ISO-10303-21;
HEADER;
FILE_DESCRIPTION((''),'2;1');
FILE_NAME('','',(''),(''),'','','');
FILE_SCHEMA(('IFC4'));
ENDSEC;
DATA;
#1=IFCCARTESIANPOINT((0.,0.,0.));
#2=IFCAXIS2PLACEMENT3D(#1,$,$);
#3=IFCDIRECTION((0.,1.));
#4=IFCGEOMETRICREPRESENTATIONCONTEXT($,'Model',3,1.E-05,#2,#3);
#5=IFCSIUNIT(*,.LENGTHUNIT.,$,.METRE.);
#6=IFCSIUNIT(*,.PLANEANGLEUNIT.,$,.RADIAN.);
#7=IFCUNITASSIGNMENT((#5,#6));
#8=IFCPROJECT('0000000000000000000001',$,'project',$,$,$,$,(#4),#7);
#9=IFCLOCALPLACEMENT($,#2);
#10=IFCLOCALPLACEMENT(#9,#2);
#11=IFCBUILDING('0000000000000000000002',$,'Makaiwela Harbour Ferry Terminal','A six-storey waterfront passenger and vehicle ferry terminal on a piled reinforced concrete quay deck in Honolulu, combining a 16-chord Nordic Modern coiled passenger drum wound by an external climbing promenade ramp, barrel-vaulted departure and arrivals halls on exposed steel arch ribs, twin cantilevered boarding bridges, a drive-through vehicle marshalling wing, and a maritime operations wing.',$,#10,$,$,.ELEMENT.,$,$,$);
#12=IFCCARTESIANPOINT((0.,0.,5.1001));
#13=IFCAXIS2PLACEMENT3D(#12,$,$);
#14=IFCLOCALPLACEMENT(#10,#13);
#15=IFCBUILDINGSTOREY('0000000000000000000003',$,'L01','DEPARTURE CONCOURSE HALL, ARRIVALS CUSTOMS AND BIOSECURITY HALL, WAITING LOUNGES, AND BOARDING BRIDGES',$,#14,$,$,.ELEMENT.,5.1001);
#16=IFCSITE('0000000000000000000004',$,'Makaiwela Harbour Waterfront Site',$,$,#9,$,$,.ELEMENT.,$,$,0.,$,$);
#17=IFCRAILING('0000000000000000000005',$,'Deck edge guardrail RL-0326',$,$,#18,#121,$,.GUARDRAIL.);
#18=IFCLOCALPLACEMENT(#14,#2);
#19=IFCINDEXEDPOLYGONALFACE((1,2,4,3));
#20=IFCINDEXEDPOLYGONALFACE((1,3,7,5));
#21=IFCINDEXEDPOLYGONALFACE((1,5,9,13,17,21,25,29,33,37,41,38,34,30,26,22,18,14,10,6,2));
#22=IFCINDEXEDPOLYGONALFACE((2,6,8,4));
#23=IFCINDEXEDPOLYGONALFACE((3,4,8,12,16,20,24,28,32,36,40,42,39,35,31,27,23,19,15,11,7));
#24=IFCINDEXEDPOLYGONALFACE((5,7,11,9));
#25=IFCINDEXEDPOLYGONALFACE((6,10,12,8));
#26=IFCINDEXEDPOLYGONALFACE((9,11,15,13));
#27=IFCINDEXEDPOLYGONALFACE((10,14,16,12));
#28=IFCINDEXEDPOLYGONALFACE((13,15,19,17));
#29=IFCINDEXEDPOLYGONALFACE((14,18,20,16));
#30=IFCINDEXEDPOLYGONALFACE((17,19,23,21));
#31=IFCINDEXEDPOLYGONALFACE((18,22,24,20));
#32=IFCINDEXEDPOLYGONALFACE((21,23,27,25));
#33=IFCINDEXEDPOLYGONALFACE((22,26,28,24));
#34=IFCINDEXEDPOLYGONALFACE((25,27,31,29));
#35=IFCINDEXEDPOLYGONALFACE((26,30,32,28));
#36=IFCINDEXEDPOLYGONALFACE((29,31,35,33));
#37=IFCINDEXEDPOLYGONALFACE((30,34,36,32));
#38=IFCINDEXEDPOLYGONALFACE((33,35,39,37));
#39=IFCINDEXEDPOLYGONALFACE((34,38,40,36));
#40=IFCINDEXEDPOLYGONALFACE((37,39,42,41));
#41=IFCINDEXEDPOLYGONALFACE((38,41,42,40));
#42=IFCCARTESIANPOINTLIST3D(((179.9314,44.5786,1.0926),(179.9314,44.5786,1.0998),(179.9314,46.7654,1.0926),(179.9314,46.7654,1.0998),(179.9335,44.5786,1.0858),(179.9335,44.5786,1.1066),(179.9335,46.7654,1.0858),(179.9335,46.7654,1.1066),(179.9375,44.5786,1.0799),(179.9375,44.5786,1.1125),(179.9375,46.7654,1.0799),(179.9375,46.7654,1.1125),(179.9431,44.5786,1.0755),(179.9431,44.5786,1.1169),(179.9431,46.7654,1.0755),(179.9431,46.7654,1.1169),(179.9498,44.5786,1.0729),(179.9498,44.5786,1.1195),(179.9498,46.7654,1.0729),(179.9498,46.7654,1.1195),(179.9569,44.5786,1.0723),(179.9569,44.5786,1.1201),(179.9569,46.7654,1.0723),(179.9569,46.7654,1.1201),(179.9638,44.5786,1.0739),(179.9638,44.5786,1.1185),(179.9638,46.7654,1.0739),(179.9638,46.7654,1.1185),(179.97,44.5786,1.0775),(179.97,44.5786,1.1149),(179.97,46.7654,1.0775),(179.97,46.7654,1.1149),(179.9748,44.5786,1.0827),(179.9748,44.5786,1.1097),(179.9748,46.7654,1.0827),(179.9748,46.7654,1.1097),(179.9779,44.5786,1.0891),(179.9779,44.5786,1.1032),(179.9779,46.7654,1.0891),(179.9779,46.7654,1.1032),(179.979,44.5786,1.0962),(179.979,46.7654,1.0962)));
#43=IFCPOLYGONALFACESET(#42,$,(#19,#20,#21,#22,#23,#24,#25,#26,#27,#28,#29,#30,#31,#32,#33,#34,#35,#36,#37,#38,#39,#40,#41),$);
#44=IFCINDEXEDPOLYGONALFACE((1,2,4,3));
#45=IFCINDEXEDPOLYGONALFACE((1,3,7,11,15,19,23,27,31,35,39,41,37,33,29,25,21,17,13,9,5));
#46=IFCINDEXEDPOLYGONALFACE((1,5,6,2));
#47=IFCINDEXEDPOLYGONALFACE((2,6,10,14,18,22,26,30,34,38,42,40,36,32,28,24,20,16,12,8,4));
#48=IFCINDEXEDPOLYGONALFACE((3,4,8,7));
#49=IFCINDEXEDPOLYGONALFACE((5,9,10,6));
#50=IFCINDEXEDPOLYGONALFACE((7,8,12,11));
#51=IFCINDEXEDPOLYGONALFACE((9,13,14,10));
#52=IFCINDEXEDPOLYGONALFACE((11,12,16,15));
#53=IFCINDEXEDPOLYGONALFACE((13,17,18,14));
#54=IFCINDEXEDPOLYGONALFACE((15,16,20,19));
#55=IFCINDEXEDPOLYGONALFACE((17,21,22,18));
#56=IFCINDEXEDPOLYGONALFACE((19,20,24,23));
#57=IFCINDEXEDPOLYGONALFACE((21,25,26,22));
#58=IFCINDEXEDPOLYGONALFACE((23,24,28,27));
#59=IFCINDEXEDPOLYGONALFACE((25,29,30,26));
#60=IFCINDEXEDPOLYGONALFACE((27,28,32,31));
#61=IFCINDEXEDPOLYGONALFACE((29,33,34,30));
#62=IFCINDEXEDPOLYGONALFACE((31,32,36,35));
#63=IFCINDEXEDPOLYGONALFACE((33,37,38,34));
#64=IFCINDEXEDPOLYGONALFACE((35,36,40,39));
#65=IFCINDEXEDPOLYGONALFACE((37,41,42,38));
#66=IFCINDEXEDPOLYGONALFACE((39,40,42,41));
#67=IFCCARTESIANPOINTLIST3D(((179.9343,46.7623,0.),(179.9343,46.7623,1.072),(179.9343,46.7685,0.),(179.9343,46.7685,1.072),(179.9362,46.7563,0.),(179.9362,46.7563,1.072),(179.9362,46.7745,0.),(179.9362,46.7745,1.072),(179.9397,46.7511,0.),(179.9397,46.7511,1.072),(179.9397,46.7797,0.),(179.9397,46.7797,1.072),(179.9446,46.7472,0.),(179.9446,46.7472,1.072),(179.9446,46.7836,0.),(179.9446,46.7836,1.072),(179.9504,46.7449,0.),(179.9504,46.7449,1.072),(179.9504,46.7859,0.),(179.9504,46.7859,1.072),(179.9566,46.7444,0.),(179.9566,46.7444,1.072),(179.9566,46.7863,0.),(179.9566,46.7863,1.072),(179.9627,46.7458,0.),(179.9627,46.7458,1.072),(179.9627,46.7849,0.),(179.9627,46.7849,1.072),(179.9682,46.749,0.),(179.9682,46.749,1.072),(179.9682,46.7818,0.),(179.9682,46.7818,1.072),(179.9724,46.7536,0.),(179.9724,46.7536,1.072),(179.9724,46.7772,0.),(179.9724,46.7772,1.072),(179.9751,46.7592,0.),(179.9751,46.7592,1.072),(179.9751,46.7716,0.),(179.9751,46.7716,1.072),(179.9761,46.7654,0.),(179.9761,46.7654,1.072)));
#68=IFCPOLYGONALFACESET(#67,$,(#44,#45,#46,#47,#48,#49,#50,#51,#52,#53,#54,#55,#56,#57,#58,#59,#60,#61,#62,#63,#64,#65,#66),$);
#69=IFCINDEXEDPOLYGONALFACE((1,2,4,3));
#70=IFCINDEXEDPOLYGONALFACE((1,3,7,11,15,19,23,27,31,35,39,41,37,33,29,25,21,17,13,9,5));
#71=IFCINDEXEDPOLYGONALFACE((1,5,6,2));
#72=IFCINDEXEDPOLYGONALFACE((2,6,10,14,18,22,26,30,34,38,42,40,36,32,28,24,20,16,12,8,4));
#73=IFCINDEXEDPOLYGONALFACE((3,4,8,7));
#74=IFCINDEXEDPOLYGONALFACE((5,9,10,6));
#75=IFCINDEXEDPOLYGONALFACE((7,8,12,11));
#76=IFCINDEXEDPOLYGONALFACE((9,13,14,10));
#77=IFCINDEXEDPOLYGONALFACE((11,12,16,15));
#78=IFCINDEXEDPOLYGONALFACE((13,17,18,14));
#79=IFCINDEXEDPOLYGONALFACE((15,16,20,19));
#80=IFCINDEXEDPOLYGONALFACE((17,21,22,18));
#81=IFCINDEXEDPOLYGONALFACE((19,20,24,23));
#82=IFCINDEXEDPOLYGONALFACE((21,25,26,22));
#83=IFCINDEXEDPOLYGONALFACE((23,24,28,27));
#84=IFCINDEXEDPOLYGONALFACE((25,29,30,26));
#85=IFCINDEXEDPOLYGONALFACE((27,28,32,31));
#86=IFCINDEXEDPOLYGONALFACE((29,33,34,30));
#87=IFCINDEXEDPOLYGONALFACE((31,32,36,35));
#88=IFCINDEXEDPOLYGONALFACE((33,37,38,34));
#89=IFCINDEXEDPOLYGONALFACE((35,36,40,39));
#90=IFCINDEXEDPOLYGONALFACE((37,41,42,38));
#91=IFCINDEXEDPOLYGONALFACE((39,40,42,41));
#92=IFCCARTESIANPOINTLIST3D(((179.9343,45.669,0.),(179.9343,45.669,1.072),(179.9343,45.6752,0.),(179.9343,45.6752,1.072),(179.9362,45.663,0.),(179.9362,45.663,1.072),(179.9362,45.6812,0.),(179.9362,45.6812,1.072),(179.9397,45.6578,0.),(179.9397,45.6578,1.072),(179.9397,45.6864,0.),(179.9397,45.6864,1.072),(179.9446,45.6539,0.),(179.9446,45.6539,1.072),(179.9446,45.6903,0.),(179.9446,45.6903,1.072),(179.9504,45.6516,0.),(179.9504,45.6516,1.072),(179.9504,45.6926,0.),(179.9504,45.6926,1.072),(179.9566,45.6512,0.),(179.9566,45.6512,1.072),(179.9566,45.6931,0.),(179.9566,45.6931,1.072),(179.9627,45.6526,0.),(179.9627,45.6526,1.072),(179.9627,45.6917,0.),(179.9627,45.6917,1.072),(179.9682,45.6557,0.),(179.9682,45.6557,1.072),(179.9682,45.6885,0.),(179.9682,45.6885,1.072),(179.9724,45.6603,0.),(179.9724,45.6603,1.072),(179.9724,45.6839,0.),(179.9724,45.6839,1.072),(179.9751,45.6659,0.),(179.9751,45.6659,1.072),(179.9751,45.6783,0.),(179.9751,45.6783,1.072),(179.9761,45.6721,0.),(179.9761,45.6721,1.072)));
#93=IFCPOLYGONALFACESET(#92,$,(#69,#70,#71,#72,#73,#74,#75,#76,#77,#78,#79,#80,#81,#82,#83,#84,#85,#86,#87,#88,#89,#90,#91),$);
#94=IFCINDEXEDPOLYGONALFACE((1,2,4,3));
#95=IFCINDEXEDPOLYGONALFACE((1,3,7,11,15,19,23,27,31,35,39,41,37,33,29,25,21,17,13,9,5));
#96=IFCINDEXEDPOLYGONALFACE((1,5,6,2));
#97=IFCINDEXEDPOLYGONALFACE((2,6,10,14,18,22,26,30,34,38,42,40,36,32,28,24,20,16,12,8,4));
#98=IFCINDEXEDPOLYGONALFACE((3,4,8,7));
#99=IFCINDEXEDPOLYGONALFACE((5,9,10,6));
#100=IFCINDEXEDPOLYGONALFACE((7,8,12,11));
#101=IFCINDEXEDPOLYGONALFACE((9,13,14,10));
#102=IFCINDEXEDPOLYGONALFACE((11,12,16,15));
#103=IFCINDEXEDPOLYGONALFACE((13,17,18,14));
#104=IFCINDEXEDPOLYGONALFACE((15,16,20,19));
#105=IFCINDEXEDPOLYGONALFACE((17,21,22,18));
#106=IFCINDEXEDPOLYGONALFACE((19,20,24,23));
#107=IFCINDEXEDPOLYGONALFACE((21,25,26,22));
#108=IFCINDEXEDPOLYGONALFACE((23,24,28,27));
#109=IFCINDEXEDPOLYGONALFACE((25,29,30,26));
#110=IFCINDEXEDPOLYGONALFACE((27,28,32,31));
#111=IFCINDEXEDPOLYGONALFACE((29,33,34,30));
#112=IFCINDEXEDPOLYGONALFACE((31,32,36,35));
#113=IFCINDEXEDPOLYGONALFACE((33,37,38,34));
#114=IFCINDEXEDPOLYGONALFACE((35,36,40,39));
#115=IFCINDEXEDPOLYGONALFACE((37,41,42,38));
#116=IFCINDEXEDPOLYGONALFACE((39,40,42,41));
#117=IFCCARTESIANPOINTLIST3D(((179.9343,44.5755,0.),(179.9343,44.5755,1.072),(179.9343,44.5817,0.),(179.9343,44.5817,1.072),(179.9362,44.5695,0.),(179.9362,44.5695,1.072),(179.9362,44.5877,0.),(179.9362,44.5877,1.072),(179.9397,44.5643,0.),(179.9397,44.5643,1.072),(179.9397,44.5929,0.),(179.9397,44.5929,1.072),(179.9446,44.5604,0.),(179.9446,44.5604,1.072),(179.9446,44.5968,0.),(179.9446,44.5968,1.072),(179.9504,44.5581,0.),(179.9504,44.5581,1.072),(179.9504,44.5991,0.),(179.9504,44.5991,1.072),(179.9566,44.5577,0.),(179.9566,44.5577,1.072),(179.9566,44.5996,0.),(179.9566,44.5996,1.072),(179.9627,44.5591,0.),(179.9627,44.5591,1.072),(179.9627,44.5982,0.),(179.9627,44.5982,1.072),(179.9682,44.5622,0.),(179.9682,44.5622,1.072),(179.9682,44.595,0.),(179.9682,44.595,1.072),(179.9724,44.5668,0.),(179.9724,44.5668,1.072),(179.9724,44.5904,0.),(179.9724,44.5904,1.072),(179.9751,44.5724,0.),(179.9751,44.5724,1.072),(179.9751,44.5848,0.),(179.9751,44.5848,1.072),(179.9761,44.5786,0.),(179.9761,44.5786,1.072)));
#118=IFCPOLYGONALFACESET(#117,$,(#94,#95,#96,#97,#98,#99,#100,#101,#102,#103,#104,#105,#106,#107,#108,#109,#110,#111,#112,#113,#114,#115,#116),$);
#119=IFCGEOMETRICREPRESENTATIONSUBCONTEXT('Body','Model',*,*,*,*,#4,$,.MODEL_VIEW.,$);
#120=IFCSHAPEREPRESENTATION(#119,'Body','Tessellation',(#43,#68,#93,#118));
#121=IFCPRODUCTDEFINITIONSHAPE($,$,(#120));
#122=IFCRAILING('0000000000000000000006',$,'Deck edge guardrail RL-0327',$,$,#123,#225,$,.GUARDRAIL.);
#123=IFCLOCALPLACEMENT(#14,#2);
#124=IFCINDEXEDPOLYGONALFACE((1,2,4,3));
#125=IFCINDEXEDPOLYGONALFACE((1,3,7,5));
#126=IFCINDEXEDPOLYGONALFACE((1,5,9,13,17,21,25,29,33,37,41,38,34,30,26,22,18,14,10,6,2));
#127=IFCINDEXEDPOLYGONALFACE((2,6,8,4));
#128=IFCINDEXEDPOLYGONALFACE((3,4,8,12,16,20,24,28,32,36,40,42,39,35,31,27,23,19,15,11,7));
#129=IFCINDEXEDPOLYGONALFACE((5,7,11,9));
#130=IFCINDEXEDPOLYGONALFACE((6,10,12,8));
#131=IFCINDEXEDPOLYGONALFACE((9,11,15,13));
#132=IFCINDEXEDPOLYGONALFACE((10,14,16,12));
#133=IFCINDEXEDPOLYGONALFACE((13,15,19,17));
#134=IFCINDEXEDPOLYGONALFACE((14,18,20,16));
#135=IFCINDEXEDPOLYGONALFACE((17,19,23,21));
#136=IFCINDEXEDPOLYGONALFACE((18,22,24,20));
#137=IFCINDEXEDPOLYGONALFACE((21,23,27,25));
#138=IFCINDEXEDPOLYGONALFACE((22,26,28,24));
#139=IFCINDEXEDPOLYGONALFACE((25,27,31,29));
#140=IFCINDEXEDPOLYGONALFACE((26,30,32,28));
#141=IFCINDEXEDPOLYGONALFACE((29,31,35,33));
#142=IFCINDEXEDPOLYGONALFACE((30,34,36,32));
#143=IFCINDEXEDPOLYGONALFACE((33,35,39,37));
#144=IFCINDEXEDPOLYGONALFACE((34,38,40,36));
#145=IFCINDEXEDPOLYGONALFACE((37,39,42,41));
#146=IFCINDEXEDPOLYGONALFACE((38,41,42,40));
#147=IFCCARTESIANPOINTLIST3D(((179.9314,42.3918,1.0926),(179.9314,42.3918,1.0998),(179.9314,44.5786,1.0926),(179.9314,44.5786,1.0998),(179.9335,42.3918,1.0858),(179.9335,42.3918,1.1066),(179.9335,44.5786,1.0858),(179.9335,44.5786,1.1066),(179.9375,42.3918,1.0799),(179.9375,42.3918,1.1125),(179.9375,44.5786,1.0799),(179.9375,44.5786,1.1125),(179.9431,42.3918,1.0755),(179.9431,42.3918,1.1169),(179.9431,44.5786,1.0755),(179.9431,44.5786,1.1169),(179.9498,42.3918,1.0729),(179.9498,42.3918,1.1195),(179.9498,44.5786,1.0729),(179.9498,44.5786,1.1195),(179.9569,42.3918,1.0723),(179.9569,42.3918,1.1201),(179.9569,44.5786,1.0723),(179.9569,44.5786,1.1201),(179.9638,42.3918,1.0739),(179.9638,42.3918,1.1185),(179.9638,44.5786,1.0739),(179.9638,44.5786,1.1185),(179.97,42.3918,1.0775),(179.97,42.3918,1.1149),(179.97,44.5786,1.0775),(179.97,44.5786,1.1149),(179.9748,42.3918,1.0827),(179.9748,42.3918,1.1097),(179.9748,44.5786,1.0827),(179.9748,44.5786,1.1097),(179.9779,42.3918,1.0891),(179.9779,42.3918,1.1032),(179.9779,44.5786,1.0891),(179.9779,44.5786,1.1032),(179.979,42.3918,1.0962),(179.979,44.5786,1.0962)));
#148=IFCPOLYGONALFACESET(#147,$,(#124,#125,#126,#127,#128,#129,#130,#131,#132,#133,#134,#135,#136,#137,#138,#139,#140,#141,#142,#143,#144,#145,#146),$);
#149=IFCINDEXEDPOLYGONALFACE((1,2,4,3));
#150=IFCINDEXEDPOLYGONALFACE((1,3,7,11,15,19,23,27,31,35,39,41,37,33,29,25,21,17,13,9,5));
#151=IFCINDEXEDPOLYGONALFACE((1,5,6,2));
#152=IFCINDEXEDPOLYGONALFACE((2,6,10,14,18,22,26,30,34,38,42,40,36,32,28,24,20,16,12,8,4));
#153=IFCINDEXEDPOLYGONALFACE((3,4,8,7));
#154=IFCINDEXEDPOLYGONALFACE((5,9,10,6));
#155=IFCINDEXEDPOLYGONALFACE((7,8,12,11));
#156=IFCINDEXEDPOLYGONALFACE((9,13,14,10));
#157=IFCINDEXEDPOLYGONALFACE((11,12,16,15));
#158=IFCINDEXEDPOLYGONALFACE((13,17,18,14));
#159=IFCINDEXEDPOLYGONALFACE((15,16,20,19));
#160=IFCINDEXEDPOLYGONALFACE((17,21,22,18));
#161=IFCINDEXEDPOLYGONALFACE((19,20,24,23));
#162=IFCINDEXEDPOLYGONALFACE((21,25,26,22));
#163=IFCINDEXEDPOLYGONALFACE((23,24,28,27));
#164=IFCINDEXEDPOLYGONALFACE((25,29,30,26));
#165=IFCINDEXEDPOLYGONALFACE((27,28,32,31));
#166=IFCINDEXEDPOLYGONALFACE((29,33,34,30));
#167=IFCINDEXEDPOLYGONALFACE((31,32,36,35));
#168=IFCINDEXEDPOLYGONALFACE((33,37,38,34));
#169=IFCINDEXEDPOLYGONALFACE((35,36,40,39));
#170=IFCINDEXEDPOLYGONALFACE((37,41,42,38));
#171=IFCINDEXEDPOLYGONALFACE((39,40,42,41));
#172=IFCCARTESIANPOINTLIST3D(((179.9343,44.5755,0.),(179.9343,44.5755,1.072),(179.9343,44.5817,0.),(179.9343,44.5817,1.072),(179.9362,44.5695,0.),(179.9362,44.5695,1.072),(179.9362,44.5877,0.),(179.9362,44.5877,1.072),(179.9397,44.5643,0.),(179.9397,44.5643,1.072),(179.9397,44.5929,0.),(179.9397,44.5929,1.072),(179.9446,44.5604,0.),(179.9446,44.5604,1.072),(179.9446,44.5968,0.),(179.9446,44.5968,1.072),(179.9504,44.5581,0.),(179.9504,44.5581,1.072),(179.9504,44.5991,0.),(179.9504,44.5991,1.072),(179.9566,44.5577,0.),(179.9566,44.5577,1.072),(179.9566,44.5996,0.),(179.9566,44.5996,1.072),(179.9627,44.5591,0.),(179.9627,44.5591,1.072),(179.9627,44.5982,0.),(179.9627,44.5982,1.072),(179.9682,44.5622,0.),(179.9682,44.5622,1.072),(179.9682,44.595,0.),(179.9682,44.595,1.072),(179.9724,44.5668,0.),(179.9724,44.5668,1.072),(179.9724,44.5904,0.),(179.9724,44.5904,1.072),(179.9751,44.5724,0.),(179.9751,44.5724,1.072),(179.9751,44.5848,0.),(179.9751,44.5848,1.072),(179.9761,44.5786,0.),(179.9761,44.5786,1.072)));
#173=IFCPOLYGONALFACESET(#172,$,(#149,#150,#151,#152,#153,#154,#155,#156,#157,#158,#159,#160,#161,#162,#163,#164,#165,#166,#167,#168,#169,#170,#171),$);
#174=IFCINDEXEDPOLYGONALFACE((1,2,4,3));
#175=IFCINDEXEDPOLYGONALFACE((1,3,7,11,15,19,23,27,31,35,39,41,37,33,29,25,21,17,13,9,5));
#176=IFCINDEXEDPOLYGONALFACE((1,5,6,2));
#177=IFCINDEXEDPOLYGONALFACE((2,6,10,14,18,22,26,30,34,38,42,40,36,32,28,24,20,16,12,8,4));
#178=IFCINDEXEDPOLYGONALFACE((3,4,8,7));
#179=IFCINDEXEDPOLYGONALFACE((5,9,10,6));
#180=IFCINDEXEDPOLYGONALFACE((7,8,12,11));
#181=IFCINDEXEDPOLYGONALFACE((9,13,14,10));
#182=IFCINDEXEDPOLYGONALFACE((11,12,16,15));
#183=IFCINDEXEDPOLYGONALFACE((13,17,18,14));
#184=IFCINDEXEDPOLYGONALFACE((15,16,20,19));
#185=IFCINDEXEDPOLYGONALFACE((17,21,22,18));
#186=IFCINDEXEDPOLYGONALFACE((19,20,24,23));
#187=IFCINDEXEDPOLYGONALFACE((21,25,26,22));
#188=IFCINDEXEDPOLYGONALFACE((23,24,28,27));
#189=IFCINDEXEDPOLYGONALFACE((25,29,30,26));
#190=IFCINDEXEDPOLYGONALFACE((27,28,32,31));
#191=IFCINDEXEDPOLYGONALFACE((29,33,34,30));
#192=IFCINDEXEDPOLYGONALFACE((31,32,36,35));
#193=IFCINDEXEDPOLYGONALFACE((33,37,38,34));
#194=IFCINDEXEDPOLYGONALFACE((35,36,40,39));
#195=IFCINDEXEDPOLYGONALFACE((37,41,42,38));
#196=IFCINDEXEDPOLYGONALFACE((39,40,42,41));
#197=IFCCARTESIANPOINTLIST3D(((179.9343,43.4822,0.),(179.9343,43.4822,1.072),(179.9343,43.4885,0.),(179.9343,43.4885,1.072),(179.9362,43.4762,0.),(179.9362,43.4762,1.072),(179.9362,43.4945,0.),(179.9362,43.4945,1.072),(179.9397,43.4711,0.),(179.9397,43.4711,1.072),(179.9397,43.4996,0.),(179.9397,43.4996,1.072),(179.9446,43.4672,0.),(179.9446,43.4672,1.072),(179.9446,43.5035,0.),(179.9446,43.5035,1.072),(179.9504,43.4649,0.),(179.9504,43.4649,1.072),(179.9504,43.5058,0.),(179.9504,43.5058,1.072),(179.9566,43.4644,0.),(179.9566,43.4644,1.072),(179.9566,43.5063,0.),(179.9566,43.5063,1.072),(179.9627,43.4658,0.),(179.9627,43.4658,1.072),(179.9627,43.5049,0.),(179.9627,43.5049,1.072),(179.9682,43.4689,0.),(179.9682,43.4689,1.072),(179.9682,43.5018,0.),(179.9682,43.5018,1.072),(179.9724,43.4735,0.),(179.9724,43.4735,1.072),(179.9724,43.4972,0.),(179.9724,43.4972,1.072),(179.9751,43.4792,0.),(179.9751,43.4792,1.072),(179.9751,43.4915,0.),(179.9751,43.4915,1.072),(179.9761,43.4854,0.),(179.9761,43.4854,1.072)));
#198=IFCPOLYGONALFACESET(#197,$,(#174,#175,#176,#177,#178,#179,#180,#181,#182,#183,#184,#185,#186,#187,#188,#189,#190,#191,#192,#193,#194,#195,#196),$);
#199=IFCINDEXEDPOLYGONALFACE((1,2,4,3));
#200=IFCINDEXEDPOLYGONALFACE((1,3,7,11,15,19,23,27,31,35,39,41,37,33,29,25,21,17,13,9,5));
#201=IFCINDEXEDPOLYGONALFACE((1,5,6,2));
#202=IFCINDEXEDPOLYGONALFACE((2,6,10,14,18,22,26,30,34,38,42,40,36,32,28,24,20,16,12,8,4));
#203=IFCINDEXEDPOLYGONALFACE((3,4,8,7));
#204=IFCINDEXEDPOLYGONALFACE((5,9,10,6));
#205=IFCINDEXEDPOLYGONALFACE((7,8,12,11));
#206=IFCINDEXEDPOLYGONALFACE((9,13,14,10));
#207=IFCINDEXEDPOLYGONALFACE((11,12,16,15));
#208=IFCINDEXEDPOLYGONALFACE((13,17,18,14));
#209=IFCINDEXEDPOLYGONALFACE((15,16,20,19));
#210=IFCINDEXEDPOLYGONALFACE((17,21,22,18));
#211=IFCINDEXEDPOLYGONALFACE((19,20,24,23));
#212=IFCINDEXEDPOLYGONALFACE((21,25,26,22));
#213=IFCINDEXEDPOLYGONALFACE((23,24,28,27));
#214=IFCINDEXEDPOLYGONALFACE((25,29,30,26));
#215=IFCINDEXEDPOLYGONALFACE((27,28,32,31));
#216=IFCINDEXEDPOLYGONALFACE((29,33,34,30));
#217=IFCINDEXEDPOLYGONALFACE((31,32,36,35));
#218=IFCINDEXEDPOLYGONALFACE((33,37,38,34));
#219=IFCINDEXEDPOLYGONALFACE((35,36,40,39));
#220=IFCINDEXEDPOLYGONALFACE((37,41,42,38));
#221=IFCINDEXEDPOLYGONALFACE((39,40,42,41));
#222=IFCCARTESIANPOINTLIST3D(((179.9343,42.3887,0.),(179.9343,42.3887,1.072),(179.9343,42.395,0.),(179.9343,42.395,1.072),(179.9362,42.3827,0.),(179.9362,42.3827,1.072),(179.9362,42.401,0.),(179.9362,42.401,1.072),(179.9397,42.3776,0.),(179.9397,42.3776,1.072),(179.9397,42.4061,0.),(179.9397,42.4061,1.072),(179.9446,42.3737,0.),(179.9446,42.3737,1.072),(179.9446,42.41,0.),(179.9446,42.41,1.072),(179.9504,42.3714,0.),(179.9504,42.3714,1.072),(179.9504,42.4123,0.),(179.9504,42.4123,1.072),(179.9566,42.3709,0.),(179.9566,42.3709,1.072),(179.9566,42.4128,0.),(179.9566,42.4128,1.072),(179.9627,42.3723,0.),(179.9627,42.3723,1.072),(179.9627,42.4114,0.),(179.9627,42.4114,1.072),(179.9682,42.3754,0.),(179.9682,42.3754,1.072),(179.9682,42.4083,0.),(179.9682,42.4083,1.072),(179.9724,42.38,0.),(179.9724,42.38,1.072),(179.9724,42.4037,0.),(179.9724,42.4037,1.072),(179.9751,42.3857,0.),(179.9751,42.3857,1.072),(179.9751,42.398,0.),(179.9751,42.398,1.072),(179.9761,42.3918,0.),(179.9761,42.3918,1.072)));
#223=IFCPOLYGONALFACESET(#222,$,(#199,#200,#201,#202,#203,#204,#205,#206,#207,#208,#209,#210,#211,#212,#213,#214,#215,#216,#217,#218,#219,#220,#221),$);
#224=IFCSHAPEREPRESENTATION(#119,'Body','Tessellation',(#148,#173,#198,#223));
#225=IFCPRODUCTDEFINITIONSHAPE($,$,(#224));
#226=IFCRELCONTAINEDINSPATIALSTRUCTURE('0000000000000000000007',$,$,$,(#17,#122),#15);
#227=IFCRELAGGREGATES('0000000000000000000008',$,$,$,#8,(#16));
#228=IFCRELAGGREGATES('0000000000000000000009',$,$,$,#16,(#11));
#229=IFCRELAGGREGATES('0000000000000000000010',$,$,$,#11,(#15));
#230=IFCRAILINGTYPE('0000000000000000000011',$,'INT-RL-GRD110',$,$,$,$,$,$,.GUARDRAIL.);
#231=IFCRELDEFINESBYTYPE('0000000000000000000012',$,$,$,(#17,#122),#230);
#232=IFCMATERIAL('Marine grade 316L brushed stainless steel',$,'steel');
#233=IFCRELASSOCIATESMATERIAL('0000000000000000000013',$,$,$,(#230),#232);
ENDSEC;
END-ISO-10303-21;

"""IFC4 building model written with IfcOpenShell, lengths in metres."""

from ifc_helpers import new_model, si_unit, direction, frame, origin, origin_2d, place, context, subcontext, project, spatial, circle, extrude, material, type_object, element, save


model = new_model("IFC4")

# Units and contexts
model_context = context("Model", 3, precision=1e-05, world=origin(), true_north=direction((0.0, 1.0)))
body_context = subcontext(model_context, "Body", "Model", "MODEL_VIEW")
ifc_project = project(units=[si_unit("LENGTHUNIT", "METRE"), si_unit("PLANEANGLEUNIT", "RADIAN")], contexts=[model_context])

# Site, building, storey
site_placement = place(None, origin())
site = spatial("IfcSite", under=ifc_project, at=site_placement, Name="Makaiwela Harbour Waterfront Site", CompositionType="ELEMENT", RefElevation=0.0)
building_placement = place(site_placement, origin())
building = spatial("IfcBuilding", under=site, at=building_placement, Name="Makaiwela Harbour Ferry Terminal", Description="A six-storey waterfront passenger and vehicle ferry terminal on a piled reinforced concrete quay deck in Honolulu, combining a 16-chord Nordic Modern coiled passenger drum wound by an external climbing promenade ramp, barrel-vaulted departure and arrivals halls on exposed steel arch ribs, twin cantilevered boarding bridges, a drive-through vehicle marshalling wing, and a maritime operations wing.", CompositionType="ELEMENT")
storey_placement = place(building_placement, frame((0.0, 0.0, 5.1001)))
storey = spatial("IfcBuildingStorey", under=building, at=storey_placement, Name="L01", Description="DEPARTURE CONCOURSE HALL, ARRIVALS CUSTOMS AND BIOSECURITY HALL, WAITING LOUNGES, AND BOARDING BRIDGES", CompositionType="ELEMENT", Elevation=5.1001)

# Railings
ifc_material_1 = material(Name="Marine grade 316L brushed stainless steel", Category="steel")
railing_type = type_object("IfcRailingType", Name="INT-RL-GRD110", PredefinedType="GUARDRAIL", material=ifc_material_1)
for number, where, name in (
    (1, (179.9551, 46.7654, 0.0), "Deck edge guardrail RL-0326"),
    (2, (179.9551, 44.5786, 0.0), "Deck edge guardrail RL-0327"),
):
    element("IfcRailing", number, at=place(storey_placement, frame(where)), inside=storey, type_object=railing_type, Name=name, PredefinedType="GUARDRAIL", context=body_context, shape_type="SweptSolid", body=[
        extrude(circle(Radius=0.0239, at=origin_2d()), frame((0.0, 0.0, 1.0962), z_axis=(0.0, -1.0, 0.0), x_axis=(1.0, 0.0, 0.0)), (0.0, 0.0, 1.0), 2.1868),
        extrude(circle(Radius=0.021, at=origin_2d()), origin(), (0.0, 0.0, 1.0), 1.072),
        extrude(circle(Radius=0.021, at=origin_2d()), frame((0.0, -1.0933, 0.0)), (0.0, 0.0, 1.0), 1.072),
        extrude(circle(Radius=0.021, at=origin_2d()), frame((0.0, -2.1868, 0.0)), (0.0, 0.0, 1.0), 1.072),
    ])

save(model, "model.ifc")
